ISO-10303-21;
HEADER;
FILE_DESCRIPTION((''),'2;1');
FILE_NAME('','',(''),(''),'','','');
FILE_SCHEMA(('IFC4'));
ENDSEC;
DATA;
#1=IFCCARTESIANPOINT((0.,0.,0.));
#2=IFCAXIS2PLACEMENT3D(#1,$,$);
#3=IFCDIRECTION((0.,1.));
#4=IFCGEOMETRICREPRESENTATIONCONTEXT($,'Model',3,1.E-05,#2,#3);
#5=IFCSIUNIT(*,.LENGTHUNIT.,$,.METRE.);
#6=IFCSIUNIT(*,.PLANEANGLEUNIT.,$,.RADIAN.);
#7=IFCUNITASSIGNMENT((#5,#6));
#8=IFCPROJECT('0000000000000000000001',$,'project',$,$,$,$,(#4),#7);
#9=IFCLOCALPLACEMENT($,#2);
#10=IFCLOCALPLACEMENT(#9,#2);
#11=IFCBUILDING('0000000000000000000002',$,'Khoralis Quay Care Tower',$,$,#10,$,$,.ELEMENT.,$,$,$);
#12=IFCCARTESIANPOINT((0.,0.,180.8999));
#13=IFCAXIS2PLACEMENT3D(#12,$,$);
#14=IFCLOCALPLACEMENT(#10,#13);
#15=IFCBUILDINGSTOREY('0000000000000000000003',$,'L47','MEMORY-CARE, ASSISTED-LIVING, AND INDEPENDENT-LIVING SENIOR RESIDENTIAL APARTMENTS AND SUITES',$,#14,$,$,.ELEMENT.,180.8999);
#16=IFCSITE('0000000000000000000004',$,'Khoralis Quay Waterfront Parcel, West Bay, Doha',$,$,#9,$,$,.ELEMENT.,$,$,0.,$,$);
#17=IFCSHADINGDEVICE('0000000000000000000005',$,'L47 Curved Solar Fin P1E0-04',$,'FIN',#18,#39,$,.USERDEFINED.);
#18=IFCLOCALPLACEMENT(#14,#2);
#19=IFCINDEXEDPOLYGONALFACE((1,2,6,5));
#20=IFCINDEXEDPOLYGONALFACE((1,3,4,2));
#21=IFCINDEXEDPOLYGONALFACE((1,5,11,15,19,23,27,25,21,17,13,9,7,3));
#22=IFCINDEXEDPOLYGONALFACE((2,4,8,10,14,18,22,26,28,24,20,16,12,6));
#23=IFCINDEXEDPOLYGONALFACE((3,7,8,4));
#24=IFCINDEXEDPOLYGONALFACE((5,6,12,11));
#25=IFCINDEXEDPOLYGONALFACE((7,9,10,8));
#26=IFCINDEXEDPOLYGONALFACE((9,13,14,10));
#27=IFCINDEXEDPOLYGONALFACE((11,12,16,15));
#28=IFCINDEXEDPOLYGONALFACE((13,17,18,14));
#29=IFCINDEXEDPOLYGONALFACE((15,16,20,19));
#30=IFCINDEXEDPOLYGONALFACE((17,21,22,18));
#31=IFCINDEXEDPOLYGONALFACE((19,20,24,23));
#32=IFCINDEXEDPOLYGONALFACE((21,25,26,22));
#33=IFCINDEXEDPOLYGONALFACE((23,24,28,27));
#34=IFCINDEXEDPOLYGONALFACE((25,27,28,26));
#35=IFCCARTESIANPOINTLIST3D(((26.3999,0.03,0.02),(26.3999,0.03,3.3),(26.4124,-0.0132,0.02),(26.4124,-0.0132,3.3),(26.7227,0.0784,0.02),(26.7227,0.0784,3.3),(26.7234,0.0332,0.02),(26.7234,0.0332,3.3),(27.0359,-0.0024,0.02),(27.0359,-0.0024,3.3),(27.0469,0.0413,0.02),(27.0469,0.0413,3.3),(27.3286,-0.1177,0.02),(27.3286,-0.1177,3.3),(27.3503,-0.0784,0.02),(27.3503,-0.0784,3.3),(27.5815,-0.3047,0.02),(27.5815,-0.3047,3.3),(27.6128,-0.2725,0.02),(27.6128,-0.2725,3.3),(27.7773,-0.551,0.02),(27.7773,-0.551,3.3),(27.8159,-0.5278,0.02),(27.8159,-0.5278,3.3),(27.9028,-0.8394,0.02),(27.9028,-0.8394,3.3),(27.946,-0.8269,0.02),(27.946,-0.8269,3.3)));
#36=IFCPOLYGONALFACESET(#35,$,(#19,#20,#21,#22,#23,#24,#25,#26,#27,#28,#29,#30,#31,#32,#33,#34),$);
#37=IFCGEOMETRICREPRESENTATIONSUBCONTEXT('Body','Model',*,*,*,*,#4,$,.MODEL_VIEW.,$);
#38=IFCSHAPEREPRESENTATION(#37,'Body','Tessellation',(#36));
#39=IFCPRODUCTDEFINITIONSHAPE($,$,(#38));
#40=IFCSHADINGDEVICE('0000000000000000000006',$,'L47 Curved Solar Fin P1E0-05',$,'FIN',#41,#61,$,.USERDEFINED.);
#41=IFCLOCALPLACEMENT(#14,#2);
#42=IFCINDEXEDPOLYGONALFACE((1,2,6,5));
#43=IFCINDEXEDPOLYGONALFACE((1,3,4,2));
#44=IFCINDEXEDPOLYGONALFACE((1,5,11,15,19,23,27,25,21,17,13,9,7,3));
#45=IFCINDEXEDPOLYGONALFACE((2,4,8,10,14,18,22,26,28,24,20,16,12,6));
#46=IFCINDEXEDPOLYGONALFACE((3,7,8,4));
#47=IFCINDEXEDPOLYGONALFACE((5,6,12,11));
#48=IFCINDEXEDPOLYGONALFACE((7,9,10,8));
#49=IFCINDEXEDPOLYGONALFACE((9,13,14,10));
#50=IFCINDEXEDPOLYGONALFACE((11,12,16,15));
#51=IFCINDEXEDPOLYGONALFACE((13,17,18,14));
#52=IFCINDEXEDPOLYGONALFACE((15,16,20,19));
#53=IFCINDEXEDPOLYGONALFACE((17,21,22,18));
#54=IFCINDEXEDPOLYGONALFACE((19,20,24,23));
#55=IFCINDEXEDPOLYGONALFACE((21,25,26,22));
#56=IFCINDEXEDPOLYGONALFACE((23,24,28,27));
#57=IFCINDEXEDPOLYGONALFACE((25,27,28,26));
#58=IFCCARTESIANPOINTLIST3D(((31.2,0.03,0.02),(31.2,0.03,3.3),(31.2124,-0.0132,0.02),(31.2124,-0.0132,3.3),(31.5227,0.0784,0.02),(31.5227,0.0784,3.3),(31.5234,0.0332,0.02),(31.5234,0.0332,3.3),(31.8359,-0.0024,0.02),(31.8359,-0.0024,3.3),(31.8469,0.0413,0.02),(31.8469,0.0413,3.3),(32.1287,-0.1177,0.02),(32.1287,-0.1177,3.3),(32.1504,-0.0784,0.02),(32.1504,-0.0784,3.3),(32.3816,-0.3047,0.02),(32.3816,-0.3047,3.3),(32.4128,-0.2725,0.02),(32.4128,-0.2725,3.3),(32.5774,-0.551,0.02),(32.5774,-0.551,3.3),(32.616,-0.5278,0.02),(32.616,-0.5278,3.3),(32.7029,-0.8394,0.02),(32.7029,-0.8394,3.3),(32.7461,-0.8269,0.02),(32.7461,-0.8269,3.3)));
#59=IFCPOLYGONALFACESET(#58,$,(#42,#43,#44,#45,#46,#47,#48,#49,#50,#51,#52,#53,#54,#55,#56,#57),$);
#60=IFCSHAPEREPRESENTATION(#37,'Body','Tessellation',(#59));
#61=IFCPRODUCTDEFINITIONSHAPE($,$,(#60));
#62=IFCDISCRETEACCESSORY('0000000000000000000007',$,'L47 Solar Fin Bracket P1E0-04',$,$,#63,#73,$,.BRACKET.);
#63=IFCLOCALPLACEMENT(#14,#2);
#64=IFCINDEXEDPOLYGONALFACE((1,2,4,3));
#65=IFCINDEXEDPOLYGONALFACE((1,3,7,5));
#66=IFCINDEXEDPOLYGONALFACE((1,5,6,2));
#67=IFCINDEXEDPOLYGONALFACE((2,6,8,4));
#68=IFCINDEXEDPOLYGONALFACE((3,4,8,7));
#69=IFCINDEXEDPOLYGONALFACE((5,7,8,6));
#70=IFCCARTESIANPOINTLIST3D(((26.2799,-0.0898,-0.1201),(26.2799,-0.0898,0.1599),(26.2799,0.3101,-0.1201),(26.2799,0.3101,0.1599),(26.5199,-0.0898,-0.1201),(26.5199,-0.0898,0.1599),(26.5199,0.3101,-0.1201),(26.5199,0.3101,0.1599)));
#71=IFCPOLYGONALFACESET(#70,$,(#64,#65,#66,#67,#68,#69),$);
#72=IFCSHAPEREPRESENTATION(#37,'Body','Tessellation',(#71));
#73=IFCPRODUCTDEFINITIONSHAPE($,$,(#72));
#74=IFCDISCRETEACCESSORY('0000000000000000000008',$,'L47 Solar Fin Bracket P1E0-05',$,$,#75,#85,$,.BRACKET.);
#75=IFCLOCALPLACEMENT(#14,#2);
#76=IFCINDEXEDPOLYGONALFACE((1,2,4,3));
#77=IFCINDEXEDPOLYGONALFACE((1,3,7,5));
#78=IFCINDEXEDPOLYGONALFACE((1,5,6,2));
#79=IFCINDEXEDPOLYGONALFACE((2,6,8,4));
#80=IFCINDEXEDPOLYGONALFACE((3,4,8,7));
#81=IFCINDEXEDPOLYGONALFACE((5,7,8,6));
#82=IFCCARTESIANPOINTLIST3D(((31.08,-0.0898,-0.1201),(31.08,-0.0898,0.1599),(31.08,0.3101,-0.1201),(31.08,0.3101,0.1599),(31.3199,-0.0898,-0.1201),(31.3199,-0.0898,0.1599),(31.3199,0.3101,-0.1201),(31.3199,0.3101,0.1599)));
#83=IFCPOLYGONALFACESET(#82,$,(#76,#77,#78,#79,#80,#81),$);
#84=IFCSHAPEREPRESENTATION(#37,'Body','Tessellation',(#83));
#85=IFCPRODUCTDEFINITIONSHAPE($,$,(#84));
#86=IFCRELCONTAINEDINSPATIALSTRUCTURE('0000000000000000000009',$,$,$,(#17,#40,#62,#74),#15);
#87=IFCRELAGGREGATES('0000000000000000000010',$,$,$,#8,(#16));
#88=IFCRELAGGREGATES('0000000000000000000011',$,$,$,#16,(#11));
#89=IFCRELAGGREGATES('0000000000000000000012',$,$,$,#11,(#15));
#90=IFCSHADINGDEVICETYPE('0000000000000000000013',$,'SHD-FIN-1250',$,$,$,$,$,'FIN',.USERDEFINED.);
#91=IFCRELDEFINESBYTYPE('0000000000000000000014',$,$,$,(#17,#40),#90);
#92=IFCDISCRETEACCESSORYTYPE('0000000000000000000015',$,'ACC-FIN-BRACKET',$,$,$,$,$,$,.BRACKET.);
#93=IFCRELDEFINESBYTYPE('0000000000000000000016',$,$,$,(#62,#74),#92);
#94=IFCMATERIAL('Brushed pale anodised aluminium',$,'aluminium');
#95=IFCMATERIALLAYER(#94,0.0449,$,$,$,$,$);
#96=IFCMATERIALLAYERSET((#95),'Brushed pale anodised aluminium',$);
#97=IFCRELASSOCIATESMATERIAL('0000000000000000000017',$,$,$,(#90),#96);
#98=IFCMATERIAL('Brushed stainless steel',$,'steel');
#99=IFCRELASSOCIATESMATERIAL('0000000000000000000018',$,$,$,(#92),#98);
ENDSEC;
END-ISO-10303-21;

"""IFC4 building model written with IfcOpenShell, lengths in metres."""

from ifc_helpers import new_model, si_unit, direction, frame, origin, origin_2d, place, context, subcontext, project, spatial, polyline, rectangle, outline, extrude, source, transform, mapped, material, layer, layer_set, type_object, element, save


model = new_model("IFC4")

# Units and contexts
model_context = context("Model", 3, precision=1e-05, world=origin(), true_north=direction((0.0, 1.0)))
body_context = subcontext(model_context, "Body", "Model", "MODEL_VIEW")
ifc_project = project(units=[si_unit("LENGTHUNIT", "METRE"), si_unit("PLANEANGLEUNIT", "RADIAN")], contexts=[model_context])

# Site, building, storey
site_placement = place(None, origin())
site = spatial("IfcSite", under=ifc_project, at=site_placement, Name="Khoralis Quay Waterfront Parcel, West Bay, Doha", CompositionType="ELEMENT", RefElevation=0.0)
building_placement = place(site_placement, origin())
building = spatial("IfcBuilding", under=site, at=building_placement, Name="Khoralis Quay Care Tower", CompositionType="ELEMENT")
storey_placement = place(building_placement, frame((0.0, 0.0, 180.8999)))
storey = spatial("IfcBuildingStorey", under=building, at=storey_placement, Name="L47", Description="MEMORY-CARE, ASSISTED-LIVING, AND INDEPENDENT-LIVING SENIOR RESIDENTIAL APARTMENTS AND SUITES", CompositionType="ELEMENT", Elevation=180.8999)

# Shading devices
ifc_material_1 = material(Name="Brushed pale anodised aluminium", Category="aluminium")
ifc_layer_1 = layer(ifc_material_1, 0.0449)
ifc_layer_set_1 = layer_set([ifc_layer_1], Name="Brushed pale anodised aluminium")
shading_device_type = type_object("IfcShadingDeviceType", Name="SHD-FIN-1250", ElementType="FIN", PredefinedType="USERDEFINED", material=ifc_layer_set_1)
shared_shape_1 = source(origin(), body_context, "Body", "SweptSolid", [
    extrude(outline(polyline([(0.0, 0.0), (-0.0483, 0.3228), (-0.0112, 0.647), (0.1084, 0.9504), (0.3025, 1.2129), (0.5579, 1.416), (0.8569, 1.5461), (0.8694, 1.5029), (0.5811, 1.3774), (0.3347, 1.1816), (0.1477, 0.9287), (0.0325, 0.636), (-0.0032, 0.3235), (0.0432, 0.0125), (0.0, 0.0)])), origin(), (0.0, 0.0, 1.0), 3.28),
])
for number, where, z_axis, x_axis, name in (
    (1, (26.3999, 0.03, 0.02), (0.0, 0.0, 1.0), (0.0, -1.0, 0.0), "L47 Curved Solar Fin P1E0-04"),
    (2, (31.2, 0.03, 0.02), (0.0, 0.0, 1.0), (0.0, -1.0, 0.0), "L47 Curved Solar Fin P1E0-05"),
):
    element("IfcShadingDevice", number, at=place(storey_placement, frame(where, z_axis=z_axis, x_axis=x_axis)), inside=storey, type_object=shading_device_type, Name=name, ObjectType="FIN", PredefinedType="USERDEFINED", context=body_context, shape_type="MappedRepresentation", body=[
        mapped(shared_shape_1, transform((0.0, 0.0, 0.0), scale=1.0)),
    ])

# Discrete accessories
ifc_material_2 = material(Name="Brushed stainless steel", Category="steel")
discrete_accessory_type = type_object("IfcDiscreteAccessoryType", Name="ACC-FIN-BRACKET", PredefinedType="BRACKET", material=ifc_material_2)
shared_shape_2 = source(origin(), body_context, "Body", "SweptSolid", [
    extrude(rectangle(XDim=0.3999, YDim=0.24, at=origin_2d()), origin(), (0.0, 0.0, 1.0), 0.28),
])
for number, where, z_axis, x_axis, name in (
    (3, (26.3999, 0.1101, -0.1201), (0.0, 0.0, 1.0), (0.0, -1.0, 0.0), "L47 Solar Fin Bracket P1E0-04"),
    (4, (31.2, 0.1101, -0.1201), (0.0, 0.0, 1.0), (0.0, -1.0, 0.0), "L47 Solar Fin Bracket P1E0-05"),
):
    element("IfcDiscreteAccessory", number, at=place(storey_placement, frame(where, z_axis=z_axis, x_axis=x_axis)), inside=storey, type_object=discrete_accessory_type, Name=name, PredefinedType="BRACKET", context=body_context, shape_type="MappedRepresentation", body=[
        mapped(shared_shape_2, transform((0.0, 0.0, 0.0), scale=1.0)),
    ])

save(model, "model.ifc")
